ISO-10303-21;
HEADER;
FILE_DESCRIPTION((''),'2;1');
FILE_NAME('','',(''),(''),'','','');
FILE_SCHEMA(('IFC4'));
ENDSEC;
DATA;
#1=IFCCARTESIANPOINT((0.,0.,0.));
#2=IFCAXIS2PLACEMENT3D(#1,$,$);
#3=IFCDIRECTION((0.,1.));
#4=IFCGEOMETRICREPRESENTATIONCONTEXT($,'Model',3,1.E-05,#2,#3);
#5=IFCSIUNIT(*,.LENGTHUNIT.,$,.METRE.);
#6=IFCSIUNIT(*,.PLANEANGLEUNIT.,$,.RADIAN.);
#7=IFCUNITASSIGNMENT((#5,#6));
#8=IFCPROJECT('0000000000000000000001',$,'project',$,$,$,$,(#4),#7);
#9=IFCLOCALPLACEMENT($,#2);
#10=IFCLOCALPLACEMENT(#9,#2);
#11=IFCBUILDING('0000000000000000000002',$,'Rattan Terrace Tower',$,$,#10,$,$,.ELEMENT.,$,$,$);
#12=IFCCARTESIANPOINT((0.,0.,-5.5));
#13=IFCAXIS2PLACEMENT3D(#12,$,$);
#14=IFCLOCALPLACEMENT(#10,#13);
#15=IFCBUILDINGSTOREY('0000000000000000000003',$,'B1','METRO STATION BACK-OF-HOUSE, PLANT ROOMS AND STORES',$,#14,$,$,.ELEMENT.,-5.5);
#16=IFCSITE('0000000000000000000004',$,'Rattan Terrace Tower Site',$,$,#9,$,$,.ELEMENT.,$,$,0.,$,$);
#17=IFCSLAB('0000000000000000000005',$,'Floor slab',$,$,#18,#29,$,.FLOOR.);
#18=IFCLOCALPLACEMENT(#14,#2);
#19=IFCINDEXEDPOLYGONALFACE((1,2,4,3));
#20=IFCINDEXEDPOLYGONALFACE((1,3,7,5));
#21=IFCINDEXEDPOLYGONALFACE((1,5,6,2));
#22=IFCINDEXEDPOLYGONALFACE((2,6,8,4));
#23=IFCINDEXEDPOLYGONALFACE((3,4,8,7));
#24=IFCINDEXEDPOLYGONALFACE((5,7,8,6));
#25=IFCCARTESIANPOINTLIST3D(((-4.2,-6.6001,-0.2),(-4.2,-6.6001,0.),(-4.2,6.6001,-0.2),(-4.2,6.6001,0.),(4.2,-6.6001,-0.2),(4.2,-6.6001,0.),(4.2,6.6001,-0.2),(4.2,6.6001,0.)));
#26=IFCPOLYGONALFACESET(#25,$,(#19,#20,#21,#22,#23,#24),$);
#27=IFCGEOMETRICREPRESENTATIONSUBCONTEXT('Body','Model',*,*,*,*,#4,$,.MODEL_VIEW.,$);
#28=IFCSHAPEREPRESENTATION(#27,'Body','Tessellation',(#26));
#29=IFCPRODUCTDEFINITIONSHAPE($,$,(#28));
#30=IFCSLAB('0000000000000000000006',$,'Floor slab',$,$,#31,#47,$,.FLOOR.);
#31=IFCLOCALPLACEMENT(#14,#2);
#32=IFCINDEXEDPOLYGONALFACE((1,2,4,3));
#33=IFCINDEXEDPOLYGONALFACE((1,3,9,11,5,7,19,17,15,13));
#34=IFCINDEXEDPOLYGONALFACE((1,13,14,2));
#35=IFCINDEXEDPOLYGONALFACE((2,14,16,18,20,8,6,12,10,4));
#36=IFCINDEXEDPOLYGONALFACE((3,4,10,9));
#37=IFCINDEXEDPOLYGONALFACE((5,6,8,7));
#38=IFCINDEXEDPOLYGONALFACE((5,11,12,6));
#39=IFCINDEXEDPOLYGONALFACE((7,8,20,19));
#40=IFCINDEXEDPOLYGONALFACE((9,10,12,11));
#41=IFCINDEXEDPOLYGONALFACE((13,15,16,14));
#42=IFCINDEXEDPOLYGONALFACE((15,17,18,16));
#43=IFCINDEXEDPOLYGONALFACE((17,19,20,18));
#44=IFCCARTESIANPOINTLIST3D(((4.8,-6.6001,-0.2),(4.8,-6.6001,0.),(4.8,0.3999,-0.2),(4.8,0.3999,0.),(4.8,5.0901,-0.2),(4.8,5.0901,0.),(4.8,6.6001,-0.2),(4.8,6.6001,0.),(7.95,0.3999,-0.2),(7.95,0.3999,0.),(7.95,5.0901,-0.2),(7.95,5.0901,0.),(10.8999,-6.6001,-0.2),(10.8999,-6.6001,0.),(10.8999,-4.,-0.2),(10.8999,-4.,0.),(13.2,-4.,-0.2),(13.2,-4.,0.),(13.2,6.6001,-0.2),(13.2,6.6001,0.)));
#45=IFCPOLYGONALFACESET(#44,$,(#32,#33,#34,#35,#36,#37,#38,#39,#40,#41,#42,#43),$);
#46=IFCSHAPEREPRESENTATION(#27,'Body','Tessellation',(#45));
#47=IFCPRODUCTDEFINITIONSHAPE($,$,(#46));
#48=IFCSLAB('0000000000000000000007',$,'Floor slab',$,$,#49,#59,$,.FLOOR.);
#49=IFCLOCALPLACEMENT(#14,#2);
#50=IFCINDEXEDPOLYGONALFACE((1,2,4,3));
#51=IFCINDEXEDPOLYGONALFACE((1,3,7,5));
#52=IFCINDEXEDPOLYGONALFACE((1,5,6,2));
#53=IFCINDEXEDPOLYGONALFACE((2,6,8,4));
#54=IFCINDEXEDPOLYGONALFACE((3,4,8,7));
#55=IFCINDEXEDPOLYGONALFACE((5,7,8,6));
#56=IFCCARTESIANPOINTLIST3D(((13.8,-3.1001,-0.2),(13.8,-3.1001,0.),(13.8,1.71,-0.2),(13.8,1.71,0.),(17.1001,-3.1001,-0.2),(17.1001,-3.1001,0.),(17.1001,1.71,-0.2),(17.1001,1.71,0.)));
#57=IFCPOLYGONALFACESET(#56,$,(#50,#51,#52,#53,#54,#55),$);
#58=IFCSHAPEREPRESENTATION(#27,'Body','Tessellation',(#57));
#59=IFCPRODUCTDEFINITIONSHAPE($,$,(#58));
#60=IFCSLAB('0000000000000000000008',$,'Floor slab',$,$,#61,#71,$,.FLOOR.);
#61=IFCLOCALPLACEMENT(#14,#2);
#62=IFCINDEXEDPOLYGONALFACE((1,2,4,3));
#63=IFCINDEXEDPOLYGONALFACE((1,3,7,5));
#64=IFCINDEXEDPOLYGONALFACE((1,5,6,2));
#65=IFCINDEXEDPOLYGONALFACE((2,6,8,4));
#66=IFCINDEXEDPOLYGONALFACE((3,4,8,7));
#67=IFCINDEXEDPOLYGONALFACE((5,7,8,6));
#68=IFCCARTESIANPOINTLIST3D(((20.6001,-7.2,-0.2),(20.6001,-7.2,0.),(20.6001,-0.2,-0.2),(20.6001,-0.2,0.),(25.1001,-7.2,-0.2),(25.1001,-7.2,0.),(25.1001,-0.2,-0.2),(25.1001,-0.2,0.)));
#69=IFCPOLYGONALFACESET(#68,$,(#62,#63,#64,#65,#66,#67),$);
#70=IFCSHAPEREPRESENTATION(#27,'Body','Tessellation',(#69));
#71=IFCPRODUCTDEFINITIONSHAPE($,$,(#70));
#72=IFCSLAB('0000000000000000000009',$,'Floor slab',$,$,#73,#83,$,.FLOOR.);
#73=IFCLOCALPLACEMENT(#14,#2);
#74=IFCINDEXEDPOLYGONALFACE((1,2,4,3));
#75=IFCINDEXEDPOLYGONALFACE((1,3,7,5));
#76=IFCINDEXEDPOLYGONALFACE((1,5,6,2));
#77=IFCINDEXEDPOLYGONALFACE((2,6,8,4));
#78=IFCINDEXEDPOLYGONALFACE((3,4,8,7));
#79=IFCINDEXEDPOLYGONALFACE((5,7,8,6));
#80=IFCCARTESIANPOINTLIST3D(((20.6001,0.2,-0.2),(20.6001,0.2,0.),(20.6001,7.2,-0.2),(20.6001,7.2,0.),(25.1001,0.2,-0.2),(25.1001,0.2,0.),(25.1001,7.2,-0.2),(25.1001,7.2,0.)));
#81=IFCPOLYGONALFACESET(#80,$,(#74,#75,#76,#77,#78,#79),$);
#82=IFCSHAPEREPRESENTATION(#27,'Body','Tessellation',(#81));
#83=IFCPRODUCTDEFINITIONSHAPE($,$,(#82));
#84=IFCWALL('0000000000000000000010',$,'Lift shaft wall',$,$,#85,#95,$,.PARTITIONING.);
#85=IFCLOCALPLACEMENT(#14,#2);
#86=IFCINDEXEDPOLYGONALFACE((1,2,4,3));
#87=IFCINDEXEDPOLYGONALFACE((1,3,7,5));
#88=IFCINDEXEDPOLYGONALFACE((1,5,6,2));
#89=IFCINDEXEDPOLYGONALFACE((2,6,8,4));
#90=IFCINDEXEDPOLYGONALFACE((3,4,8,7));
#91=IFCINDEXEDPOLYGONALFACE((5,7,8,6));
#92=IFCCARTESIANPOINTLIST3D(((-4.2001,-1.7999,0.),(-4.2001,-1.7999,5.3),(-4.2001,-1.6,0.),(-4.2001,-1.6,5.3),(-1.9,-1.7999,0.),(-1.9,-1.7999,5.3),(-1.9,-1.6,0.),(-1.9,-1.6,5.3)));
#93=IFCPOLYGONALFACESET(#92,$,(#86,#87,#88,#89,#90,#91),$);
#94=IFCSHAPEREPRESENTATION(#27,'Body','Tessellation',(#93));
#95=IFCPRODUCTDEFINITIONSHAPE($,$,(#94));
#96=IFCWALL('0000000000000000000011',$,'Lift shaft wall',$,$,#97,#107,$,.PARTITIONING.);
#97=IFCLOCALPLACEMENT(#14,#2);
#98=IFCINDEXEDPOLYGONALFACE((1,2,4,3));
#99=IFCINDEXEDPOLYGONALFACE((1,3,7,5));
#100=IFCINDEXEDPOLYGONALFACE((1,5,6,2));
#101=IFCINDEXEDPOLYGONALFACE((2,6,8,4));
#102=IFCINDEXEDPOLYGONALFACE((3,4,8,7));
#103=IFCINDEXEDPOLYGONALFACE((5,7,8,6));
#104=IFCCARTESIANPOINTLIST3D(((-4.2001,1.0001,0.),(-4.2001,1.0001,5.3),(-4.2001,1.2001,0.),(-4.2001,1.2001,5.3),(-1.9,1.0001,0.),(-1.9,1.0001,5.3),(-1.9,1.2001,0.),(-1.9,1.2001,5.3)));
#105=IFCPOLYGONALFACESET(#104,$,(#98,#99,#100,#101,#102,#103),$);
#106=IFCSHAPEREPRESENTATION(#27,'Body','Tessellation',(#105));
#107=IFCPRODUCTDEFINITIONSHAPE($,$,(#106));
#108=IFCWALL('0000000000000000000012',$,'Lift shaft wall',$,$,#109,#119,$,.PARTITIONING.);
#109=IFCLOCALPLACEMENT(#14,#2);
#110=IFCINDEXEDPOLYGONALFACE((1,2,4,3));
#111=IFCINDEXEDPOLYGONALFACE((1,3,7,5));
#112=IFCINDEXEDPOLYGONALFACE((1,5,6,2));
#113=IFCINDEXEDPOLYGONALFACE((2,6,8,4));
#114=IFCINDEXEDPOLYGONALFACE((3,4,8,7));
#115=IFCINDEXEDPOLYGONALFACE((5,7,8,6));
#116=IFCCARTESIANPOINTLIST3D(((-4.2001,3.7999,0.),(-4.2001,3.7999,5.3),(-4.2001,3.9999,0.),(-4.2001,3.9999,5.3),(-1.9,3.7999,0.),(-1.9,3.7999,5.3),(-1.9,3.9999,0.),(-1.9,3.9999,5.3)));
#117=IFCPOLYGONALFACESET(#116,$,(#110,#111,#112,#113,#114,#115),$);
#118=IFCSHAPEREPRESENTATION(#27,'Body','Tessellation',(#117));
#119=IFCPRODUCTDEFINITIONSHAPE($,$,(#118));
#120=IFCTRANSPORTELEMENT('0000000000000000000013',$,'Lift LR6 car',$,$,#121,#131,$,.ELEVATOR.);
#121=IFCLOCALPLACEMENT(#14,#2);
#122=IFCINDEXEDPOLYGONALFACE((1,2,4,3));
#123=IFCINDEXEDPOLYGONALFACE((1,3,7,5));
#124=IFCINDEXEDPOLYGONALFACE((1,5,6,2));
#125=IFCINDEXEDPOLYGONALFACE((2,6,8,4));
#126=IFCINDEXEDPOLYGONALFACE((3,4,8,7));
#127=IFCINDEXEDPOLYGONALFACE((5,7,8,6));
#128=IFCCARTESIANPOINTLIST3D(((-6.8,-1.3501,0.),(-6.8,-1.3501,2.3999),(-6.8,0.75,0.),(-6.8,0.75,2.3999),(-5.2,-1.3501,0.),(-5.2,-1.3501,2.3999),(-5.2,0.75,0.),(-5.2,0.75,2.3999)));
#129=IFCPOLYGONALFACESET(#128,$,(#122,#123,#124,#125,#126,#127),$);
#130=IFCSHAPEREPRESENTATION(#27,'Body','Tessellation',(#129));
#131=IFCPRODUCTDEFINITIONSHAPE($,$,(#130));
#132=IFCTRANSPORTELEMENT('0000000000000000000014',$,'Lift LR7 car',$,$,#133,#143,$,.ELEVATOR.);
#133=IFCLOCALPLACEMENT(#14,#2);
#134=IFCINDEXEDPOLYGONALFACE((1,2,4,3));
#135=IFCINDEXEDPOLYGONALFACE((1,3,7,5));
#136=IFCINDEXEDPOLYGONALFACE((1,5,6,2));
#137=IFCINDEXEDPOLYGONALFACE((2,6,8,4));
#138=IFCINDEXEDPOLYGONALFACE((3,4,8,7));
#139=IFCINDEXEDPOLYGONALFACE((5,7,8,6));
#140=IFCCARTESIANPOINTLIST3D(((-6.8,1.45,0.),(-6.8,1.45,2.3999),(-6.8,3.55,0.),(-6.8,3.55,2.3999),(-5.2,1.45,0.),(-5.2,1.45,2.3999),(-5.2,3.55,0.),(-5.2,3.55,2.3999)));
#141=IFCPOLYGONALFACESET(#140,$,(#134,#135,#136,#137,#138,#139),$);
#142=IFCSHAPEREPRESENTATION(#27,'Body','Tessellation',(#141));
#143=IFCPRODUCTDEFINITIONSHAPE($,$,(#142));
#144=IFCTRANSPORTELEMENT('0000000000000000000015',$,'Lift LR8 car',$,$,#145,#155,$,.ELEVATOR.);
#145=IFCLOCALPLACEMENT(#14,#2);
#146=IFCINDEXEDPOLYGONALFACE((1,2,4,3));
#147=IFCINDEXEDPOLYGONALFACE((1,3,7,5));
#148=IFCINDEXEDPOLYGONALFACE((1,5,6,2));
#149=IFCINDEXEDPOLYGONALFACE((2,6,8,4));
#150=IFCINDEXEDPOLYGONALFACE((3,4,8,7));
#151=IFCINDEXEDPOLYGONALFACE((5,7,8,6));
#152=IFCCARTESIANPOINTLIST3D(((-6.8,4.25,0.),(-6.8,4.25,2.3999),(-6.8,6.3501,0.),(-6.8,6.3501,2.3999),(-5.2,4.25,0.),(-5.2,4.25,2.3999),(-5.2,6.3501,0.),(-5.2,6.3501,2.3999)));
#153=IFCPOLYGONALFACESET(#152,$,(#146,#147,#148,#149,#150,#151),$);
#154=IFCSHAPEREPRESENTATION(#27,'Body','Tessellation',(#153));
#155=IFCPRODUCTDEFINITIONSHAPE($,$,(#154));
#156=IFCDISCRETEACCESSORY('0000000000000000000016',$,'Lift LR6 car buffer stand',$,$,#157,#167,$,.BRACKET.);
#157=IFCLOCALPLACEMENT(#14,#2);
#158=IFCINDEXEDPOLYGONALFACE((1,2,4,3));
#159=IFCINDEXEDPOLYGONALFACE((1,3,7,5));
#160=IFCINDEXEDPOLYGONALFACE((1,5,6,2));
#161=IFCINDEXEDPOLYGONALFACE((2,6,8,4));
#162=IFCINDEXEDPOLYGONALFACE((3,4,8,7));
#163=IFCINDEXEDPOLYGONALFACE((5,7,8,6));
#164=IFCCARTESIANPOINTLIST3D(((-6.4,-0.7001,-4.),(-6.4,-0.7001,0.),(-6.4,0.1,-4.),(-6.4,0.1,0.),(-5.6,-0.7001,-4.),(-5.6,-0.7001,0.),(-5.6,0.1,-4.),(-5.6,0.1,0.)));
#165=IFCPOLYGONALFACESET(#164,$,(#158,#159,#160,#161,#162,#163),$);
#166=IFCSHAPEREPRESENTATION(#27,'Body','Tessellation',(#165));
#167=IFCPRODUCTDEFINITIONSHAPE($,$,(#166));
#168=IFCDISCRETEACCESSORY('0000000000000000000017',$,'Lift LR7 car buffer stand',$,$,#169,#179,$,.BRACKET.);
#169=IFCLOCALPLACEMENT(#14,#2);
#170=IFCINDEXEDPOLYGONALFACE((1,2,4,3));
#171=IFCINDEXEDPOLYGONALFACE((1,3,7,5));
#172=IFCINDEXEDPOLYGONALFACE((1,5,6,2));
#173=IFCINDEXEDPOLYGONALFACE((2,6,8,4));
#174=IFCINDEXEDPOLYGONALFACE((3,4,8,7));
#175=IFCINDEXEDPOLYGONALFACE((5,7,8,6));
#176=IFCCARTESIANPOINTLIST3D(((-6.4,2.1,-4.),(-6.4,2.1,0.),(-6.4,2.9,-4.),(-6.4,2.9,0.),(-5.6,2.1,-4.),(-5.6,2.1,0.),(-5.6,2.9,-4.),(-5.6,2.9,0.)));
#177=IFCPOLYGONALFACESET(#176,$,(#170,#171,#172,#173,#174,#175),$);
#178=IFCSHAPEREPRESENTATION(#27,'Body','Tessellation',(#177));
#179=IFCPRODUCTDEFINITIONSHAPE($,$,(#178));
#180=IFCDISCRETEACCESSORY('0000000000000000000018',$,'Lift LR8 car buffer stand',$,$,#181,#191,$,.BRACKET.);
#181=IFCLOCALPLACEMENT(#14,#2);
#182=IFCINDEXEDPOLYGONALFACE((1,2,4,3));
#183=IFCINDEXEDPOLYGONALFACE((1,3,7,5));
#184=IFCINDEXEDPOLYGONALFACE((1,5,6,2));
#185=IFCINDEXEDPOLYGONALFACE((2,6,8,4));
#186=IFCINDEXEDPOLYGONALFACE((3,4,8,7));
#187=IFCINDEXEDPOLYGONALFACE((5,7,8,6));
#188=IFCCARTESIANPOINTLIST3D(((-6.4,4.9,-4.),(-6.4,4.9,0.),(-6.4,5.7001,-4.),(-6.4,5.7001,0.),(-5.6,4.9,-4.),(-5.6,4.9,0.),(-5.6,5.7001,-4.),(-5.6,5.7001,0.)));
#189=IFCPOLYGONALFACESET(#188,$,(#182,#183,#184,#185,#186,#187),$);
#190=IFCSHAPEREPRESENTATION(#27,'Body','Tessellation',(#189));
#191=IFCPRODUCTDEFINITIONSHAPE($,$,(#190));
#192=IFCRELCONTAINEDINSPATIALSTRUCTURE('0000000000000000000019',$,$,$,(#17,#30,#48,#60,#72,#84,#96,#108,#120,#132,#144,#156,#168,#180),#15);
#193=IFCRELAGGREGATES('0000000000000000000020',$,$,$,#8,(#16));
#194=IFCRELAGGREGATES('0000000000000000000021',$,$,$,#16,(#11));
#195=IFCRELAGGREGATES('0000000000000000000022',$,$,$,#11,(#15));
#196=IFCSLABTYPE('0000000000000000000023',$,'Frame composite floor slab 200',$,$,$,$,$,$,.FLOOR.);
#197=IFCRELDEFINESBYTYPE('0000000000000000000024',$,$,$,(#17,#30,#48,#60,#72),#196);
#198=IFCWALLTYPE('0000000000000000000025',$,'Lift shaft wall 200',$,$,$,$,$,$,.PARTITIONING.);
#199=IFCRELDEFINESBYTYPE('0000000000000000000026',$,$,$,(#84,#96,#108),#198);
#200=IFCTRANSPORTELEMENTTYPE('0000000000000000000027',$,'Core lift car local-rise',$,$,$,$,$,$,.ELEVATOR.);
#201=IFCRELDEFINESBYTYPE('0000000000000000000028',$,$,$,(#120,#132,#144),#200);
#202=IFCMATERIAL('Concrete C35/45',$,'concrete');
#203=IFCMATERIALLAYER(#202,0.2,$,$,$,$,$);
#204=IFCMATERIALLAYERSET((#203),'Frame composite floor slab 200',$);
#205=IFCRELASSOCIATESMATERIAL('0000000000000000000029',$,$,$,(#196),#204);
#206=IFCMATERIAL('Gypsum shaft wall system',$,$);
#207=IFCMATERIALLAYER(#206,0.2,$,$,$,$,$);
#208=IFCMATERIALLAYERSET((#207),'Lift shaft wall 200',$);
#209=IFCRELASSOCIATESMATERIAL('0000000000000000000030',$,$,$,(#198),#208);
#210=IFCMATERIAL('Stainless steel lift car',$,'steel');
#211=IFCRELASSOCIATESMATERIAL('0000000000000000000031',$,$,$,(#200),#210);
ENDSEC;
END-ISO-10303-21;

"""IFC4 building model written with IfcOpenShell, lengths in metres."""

from ifc_helpers import new_model, si_unit, direction, frame, frame_2d, origin, origin_2d, place, context, subcontext, project, spatial, polyline, rectangle, outline, extrude, material, layer, layer_set, type_object, element, save


model = new_model("IFC4")

# Units and contexts
model_context = context("Model", 3, precision=1e-05, world=origin(), true_north=direction((0.0, 1.0)))
body_context = subcontext(model_context, "Body", "Model", "MODEL_VIEW")
ifc_project = project(units=[si_unit("LENGTHUNIT", "METRE"), si_unit("PLANEANGLEUNIT", "RADIAN")], contexts=[model_context])

# Site, building, storey
site_placement = place(None, origin())
site = spatial("IfcSite", under=ifc_project, at=site_placement, Name="Rattan Terrace Tower Site", CompositionType="ELEMENT", RefElevation=0.0)
building_placement = place(site_placement, origin())
building = spatial("IfcBuilding", under=site, at=building_placement, Name="Rattan Terrace Tower", CompositionType="ELEMENT")
storey_placement = place(building_placement, frame((0.0, 0.0, -5.5)))
storey = spatial("IfcBuildingStorey", under=building, at=storey_placement, Name="B1", Description="METRO STATION BACK-OF-HOUSE, PLANT ROOMS AND STORES", CompositionType="ELEMENT", Elevation=-5.5)

# Slabs
ifc_material_1 = material(Name="Concrete C35/45", Category="concrete")
ifc_layer_1 = layer(ifc_material_1, 0.2)
ifc_layer_set_1 = layer_set([ifc_layer_1], Name="Frame composite floor slab 200")
slab_type = type_object("IfcSlabType", Name="Frame composite floor slab 200", PredefinedType="FLOOR", material=ifc_layer_set_1)
slab_1_placement = place(storey_placement, frame((0.0, 0.0, -0.2)))
element("IfcSlab", 1, at=slab_1_placement, inside=storey, type_object=slab_type, Name="Floor slab", PredefinedType="FLOOR", context=body_context, shape_type="SweptSolid", body=[
    extrude(outline(polyline([(-4.2, -6.6001), (4.2, -6.6001), (4.2, 6.6001), (-4.2, 6.6001), (-4.2, -6.6001)])), origin(), (0.0, 0.0, 1.0), 0.2),
])
slab_2_placement = place(storey_placement, frame((0.0, 0.0, -0.2)))
element("IfcSlab", 2, at=slab_2_placement, inside=storey, type_object=slab_type, Name="Floor slab", PredefinedType="FLOOR", context=body_context, shape_type="SweptSolid", body=[
    extrude(outline(polyline([(4.8, -6.6001), (10.8999, -6.6001), (10.8999, -4.0), (13.2, -4.0), (13.2, 6.6001), (4.8, 6.6001), (4.8, 5.0901), (7.95, 5.0901), (7.95, 0.3999), (4.8, 0.3999), (4.8, -6.6001)])), origin(), (0.0, 0.0, 1.0), 0.2),
])
slab_3_placement = place(storey_placement, frame((0.0, 0.0, -0.2)))
element("IfcSlab", 3, at=slab_3_placement, inside=storey, type_object=slab_type, Name="Floor slab", PredefinedType="FLOOR", context=body_context, shape_type="SweptSolid", body=[
    extrude(outline(polyline([(13.8, -3.1001), (17.1001, -3.1001), (17.1001, 1.71), (13.8, 1.71), (13.8, -3.1001)])), origin(), (0.0, 0.0, 1.0), 0.2),
])
slab_4_placement = place(storey_placement, frame((0.0, 0.0, -0.2)))
element("IfcSlab", 4, at=slab_4_placement, inside=storey, type_object=slab_type, Name="Floor slab", PredefinedType="FLOOR", context=body_context, shape_type="SweptSolid", body=[
    extrude(outline(polyline([(20.6001, -0.2), (20.6001, -7.2), (25.1001, -7.2), (25.1001, -0.2), (20.6001, -0.2)])), origin(), (0.0, 0.0, 1.0), 0.2),
])
slab_5_placement = place(storey_placement, frame((0.0, 0.0, -0.2)))
element("IfcSlab", 5, at=slab_5_placement, inside=storey, type_object=slab_type, Name="Floor slab", PredefinedType="FLOOR", context=body_context, shape_type="SweptSolid", body=[
    extrude(outline(polyline([(20.6001, 7.2), (20.6001, 0.2), (25.1001, 0.2), (25.1001, 7.2), (20.6001, 7.2)])), origin(), (0.0, 0.0, 1.0), 0.2),
])

# Walls
ifc_material_2 = material(Name="Gypsum shaft wall system")
ifc_layer_2 = layer(ifc_material_2, 0.2)
ifc_layer_set_2 = layer_set([ifc_layer_2], Name="Lift shaft wall 200")
wall_type = type_object("IfcWallType", Name="Lift shaft wall 200", PredefinedType="PARTITIONING", material=ifc_layer_set_2)
for number, where, z_axis, x_axis, name in (
    (6, (-4.2, -1.7, 0.0), (0.0, 0.0, 1.0), (1.0, 0.0, 0.0), "Lift shaft wall"),
    (7, (-4.2, 1.1001, 0.0), (0.0, 0.0, 1.0), (1.0, 0.0, 0.0), "Lift shaft wall"),
    (8, (-4.2, 3.8999, 0.0), (0.0, 0.0, 1.0), (1.0, 0.0, 0.0), "Lift shaft wall"),
):
    element("IfcWall", number, at=place(storey_placement, frame(where, z_axis=z_axis, x_axis=x_axis)), inside=storey, type_object=wall_type, Name=name, PredefinedType="PARTITIONING", context=body_context, shape_type="SweptSolid", body=[
        extrude(rectangle(XDim=2.3, YDim=0.2, at=frame_2d((1.1499, 0.0))), origin(), (0.0, 0.0, 1.0), 5.3),
    ])

# Transport elements
ifc_material_3 = material(Name="Stainless steel lift car", Category="steel")
transport_element_type = type_object("IfcTransportElementType", Name="Core lift car local-rise", PredefinedType="ELEVATOR", material=ifc_material_3)
for number, where, z_axis, x_axis, name in (
    (9, (-6.0, -0.3, 0.0), (0.0, 0.0, 1.0), (1.0, 0.0, 0.0), "Lift LR6 car"),
    (10, (-6.0, 2.5, 0.0), (0.0, 0.0, 1.0), (1.0, 0.0, 0.0), "Lift LR7 car"),
    (11, (-6.0, 5.3, 0.0), (0.0, 0.0, 1.0), (1.0, 0.0, 0.0), "Lift LR8 car"),
):
    element("IfcTransportElement", number, at=place(storey_placement, frame(where, z_axis=z_axis, x_axis=x_axis)), inside=storey, type_object=transport_element_type, Name=name, PredefinedType="ELEVATOR", context=body_context, shape_type="SweptSolid", body=[
        extrude(rectangle(XDim=1.6001, YDim=2.1001, at=origin_2d()), origin(), (0.0, 0.0, 1.0), 2.3999),
    ])

# Discrete accessories
for number, where, z_axis, x_axis, name in (
    (12, (-6.0, -0.3, -4.0), (0.0, 0.0, 1.0), (1.0, 0.0, 0.0), "Lift LR6 car buffer stand"),
    (13, (-6.0, 2.5, -4.0), (0.0, 0.0, 1.0), (1.0, 0.0, 0.0), "Lift LR7 car buffer stand"),
    (14, (-6.0, 5.3, -4.0), (0.0, 0.0, 1.0), (1.0, 0.0, 0.0), "Lift LR8 car buffer stand"),
):
    element("IfcDiscreteAccessory", number, at=place(storey_placement, frame(where, z_axis=z_axis, x_axis=x_axis)), inside=storey, Name=name, PredefinedType="BRACKET", context=body_context, shape_type="SweptSolid", body=[
        extrude(rectangle(XDim=0.8, YDim=0.8, at=origin_2d()), origin(), (0.0, 0.0, 1.0), 4.0),
    ])

save(model, "model.ifc")
